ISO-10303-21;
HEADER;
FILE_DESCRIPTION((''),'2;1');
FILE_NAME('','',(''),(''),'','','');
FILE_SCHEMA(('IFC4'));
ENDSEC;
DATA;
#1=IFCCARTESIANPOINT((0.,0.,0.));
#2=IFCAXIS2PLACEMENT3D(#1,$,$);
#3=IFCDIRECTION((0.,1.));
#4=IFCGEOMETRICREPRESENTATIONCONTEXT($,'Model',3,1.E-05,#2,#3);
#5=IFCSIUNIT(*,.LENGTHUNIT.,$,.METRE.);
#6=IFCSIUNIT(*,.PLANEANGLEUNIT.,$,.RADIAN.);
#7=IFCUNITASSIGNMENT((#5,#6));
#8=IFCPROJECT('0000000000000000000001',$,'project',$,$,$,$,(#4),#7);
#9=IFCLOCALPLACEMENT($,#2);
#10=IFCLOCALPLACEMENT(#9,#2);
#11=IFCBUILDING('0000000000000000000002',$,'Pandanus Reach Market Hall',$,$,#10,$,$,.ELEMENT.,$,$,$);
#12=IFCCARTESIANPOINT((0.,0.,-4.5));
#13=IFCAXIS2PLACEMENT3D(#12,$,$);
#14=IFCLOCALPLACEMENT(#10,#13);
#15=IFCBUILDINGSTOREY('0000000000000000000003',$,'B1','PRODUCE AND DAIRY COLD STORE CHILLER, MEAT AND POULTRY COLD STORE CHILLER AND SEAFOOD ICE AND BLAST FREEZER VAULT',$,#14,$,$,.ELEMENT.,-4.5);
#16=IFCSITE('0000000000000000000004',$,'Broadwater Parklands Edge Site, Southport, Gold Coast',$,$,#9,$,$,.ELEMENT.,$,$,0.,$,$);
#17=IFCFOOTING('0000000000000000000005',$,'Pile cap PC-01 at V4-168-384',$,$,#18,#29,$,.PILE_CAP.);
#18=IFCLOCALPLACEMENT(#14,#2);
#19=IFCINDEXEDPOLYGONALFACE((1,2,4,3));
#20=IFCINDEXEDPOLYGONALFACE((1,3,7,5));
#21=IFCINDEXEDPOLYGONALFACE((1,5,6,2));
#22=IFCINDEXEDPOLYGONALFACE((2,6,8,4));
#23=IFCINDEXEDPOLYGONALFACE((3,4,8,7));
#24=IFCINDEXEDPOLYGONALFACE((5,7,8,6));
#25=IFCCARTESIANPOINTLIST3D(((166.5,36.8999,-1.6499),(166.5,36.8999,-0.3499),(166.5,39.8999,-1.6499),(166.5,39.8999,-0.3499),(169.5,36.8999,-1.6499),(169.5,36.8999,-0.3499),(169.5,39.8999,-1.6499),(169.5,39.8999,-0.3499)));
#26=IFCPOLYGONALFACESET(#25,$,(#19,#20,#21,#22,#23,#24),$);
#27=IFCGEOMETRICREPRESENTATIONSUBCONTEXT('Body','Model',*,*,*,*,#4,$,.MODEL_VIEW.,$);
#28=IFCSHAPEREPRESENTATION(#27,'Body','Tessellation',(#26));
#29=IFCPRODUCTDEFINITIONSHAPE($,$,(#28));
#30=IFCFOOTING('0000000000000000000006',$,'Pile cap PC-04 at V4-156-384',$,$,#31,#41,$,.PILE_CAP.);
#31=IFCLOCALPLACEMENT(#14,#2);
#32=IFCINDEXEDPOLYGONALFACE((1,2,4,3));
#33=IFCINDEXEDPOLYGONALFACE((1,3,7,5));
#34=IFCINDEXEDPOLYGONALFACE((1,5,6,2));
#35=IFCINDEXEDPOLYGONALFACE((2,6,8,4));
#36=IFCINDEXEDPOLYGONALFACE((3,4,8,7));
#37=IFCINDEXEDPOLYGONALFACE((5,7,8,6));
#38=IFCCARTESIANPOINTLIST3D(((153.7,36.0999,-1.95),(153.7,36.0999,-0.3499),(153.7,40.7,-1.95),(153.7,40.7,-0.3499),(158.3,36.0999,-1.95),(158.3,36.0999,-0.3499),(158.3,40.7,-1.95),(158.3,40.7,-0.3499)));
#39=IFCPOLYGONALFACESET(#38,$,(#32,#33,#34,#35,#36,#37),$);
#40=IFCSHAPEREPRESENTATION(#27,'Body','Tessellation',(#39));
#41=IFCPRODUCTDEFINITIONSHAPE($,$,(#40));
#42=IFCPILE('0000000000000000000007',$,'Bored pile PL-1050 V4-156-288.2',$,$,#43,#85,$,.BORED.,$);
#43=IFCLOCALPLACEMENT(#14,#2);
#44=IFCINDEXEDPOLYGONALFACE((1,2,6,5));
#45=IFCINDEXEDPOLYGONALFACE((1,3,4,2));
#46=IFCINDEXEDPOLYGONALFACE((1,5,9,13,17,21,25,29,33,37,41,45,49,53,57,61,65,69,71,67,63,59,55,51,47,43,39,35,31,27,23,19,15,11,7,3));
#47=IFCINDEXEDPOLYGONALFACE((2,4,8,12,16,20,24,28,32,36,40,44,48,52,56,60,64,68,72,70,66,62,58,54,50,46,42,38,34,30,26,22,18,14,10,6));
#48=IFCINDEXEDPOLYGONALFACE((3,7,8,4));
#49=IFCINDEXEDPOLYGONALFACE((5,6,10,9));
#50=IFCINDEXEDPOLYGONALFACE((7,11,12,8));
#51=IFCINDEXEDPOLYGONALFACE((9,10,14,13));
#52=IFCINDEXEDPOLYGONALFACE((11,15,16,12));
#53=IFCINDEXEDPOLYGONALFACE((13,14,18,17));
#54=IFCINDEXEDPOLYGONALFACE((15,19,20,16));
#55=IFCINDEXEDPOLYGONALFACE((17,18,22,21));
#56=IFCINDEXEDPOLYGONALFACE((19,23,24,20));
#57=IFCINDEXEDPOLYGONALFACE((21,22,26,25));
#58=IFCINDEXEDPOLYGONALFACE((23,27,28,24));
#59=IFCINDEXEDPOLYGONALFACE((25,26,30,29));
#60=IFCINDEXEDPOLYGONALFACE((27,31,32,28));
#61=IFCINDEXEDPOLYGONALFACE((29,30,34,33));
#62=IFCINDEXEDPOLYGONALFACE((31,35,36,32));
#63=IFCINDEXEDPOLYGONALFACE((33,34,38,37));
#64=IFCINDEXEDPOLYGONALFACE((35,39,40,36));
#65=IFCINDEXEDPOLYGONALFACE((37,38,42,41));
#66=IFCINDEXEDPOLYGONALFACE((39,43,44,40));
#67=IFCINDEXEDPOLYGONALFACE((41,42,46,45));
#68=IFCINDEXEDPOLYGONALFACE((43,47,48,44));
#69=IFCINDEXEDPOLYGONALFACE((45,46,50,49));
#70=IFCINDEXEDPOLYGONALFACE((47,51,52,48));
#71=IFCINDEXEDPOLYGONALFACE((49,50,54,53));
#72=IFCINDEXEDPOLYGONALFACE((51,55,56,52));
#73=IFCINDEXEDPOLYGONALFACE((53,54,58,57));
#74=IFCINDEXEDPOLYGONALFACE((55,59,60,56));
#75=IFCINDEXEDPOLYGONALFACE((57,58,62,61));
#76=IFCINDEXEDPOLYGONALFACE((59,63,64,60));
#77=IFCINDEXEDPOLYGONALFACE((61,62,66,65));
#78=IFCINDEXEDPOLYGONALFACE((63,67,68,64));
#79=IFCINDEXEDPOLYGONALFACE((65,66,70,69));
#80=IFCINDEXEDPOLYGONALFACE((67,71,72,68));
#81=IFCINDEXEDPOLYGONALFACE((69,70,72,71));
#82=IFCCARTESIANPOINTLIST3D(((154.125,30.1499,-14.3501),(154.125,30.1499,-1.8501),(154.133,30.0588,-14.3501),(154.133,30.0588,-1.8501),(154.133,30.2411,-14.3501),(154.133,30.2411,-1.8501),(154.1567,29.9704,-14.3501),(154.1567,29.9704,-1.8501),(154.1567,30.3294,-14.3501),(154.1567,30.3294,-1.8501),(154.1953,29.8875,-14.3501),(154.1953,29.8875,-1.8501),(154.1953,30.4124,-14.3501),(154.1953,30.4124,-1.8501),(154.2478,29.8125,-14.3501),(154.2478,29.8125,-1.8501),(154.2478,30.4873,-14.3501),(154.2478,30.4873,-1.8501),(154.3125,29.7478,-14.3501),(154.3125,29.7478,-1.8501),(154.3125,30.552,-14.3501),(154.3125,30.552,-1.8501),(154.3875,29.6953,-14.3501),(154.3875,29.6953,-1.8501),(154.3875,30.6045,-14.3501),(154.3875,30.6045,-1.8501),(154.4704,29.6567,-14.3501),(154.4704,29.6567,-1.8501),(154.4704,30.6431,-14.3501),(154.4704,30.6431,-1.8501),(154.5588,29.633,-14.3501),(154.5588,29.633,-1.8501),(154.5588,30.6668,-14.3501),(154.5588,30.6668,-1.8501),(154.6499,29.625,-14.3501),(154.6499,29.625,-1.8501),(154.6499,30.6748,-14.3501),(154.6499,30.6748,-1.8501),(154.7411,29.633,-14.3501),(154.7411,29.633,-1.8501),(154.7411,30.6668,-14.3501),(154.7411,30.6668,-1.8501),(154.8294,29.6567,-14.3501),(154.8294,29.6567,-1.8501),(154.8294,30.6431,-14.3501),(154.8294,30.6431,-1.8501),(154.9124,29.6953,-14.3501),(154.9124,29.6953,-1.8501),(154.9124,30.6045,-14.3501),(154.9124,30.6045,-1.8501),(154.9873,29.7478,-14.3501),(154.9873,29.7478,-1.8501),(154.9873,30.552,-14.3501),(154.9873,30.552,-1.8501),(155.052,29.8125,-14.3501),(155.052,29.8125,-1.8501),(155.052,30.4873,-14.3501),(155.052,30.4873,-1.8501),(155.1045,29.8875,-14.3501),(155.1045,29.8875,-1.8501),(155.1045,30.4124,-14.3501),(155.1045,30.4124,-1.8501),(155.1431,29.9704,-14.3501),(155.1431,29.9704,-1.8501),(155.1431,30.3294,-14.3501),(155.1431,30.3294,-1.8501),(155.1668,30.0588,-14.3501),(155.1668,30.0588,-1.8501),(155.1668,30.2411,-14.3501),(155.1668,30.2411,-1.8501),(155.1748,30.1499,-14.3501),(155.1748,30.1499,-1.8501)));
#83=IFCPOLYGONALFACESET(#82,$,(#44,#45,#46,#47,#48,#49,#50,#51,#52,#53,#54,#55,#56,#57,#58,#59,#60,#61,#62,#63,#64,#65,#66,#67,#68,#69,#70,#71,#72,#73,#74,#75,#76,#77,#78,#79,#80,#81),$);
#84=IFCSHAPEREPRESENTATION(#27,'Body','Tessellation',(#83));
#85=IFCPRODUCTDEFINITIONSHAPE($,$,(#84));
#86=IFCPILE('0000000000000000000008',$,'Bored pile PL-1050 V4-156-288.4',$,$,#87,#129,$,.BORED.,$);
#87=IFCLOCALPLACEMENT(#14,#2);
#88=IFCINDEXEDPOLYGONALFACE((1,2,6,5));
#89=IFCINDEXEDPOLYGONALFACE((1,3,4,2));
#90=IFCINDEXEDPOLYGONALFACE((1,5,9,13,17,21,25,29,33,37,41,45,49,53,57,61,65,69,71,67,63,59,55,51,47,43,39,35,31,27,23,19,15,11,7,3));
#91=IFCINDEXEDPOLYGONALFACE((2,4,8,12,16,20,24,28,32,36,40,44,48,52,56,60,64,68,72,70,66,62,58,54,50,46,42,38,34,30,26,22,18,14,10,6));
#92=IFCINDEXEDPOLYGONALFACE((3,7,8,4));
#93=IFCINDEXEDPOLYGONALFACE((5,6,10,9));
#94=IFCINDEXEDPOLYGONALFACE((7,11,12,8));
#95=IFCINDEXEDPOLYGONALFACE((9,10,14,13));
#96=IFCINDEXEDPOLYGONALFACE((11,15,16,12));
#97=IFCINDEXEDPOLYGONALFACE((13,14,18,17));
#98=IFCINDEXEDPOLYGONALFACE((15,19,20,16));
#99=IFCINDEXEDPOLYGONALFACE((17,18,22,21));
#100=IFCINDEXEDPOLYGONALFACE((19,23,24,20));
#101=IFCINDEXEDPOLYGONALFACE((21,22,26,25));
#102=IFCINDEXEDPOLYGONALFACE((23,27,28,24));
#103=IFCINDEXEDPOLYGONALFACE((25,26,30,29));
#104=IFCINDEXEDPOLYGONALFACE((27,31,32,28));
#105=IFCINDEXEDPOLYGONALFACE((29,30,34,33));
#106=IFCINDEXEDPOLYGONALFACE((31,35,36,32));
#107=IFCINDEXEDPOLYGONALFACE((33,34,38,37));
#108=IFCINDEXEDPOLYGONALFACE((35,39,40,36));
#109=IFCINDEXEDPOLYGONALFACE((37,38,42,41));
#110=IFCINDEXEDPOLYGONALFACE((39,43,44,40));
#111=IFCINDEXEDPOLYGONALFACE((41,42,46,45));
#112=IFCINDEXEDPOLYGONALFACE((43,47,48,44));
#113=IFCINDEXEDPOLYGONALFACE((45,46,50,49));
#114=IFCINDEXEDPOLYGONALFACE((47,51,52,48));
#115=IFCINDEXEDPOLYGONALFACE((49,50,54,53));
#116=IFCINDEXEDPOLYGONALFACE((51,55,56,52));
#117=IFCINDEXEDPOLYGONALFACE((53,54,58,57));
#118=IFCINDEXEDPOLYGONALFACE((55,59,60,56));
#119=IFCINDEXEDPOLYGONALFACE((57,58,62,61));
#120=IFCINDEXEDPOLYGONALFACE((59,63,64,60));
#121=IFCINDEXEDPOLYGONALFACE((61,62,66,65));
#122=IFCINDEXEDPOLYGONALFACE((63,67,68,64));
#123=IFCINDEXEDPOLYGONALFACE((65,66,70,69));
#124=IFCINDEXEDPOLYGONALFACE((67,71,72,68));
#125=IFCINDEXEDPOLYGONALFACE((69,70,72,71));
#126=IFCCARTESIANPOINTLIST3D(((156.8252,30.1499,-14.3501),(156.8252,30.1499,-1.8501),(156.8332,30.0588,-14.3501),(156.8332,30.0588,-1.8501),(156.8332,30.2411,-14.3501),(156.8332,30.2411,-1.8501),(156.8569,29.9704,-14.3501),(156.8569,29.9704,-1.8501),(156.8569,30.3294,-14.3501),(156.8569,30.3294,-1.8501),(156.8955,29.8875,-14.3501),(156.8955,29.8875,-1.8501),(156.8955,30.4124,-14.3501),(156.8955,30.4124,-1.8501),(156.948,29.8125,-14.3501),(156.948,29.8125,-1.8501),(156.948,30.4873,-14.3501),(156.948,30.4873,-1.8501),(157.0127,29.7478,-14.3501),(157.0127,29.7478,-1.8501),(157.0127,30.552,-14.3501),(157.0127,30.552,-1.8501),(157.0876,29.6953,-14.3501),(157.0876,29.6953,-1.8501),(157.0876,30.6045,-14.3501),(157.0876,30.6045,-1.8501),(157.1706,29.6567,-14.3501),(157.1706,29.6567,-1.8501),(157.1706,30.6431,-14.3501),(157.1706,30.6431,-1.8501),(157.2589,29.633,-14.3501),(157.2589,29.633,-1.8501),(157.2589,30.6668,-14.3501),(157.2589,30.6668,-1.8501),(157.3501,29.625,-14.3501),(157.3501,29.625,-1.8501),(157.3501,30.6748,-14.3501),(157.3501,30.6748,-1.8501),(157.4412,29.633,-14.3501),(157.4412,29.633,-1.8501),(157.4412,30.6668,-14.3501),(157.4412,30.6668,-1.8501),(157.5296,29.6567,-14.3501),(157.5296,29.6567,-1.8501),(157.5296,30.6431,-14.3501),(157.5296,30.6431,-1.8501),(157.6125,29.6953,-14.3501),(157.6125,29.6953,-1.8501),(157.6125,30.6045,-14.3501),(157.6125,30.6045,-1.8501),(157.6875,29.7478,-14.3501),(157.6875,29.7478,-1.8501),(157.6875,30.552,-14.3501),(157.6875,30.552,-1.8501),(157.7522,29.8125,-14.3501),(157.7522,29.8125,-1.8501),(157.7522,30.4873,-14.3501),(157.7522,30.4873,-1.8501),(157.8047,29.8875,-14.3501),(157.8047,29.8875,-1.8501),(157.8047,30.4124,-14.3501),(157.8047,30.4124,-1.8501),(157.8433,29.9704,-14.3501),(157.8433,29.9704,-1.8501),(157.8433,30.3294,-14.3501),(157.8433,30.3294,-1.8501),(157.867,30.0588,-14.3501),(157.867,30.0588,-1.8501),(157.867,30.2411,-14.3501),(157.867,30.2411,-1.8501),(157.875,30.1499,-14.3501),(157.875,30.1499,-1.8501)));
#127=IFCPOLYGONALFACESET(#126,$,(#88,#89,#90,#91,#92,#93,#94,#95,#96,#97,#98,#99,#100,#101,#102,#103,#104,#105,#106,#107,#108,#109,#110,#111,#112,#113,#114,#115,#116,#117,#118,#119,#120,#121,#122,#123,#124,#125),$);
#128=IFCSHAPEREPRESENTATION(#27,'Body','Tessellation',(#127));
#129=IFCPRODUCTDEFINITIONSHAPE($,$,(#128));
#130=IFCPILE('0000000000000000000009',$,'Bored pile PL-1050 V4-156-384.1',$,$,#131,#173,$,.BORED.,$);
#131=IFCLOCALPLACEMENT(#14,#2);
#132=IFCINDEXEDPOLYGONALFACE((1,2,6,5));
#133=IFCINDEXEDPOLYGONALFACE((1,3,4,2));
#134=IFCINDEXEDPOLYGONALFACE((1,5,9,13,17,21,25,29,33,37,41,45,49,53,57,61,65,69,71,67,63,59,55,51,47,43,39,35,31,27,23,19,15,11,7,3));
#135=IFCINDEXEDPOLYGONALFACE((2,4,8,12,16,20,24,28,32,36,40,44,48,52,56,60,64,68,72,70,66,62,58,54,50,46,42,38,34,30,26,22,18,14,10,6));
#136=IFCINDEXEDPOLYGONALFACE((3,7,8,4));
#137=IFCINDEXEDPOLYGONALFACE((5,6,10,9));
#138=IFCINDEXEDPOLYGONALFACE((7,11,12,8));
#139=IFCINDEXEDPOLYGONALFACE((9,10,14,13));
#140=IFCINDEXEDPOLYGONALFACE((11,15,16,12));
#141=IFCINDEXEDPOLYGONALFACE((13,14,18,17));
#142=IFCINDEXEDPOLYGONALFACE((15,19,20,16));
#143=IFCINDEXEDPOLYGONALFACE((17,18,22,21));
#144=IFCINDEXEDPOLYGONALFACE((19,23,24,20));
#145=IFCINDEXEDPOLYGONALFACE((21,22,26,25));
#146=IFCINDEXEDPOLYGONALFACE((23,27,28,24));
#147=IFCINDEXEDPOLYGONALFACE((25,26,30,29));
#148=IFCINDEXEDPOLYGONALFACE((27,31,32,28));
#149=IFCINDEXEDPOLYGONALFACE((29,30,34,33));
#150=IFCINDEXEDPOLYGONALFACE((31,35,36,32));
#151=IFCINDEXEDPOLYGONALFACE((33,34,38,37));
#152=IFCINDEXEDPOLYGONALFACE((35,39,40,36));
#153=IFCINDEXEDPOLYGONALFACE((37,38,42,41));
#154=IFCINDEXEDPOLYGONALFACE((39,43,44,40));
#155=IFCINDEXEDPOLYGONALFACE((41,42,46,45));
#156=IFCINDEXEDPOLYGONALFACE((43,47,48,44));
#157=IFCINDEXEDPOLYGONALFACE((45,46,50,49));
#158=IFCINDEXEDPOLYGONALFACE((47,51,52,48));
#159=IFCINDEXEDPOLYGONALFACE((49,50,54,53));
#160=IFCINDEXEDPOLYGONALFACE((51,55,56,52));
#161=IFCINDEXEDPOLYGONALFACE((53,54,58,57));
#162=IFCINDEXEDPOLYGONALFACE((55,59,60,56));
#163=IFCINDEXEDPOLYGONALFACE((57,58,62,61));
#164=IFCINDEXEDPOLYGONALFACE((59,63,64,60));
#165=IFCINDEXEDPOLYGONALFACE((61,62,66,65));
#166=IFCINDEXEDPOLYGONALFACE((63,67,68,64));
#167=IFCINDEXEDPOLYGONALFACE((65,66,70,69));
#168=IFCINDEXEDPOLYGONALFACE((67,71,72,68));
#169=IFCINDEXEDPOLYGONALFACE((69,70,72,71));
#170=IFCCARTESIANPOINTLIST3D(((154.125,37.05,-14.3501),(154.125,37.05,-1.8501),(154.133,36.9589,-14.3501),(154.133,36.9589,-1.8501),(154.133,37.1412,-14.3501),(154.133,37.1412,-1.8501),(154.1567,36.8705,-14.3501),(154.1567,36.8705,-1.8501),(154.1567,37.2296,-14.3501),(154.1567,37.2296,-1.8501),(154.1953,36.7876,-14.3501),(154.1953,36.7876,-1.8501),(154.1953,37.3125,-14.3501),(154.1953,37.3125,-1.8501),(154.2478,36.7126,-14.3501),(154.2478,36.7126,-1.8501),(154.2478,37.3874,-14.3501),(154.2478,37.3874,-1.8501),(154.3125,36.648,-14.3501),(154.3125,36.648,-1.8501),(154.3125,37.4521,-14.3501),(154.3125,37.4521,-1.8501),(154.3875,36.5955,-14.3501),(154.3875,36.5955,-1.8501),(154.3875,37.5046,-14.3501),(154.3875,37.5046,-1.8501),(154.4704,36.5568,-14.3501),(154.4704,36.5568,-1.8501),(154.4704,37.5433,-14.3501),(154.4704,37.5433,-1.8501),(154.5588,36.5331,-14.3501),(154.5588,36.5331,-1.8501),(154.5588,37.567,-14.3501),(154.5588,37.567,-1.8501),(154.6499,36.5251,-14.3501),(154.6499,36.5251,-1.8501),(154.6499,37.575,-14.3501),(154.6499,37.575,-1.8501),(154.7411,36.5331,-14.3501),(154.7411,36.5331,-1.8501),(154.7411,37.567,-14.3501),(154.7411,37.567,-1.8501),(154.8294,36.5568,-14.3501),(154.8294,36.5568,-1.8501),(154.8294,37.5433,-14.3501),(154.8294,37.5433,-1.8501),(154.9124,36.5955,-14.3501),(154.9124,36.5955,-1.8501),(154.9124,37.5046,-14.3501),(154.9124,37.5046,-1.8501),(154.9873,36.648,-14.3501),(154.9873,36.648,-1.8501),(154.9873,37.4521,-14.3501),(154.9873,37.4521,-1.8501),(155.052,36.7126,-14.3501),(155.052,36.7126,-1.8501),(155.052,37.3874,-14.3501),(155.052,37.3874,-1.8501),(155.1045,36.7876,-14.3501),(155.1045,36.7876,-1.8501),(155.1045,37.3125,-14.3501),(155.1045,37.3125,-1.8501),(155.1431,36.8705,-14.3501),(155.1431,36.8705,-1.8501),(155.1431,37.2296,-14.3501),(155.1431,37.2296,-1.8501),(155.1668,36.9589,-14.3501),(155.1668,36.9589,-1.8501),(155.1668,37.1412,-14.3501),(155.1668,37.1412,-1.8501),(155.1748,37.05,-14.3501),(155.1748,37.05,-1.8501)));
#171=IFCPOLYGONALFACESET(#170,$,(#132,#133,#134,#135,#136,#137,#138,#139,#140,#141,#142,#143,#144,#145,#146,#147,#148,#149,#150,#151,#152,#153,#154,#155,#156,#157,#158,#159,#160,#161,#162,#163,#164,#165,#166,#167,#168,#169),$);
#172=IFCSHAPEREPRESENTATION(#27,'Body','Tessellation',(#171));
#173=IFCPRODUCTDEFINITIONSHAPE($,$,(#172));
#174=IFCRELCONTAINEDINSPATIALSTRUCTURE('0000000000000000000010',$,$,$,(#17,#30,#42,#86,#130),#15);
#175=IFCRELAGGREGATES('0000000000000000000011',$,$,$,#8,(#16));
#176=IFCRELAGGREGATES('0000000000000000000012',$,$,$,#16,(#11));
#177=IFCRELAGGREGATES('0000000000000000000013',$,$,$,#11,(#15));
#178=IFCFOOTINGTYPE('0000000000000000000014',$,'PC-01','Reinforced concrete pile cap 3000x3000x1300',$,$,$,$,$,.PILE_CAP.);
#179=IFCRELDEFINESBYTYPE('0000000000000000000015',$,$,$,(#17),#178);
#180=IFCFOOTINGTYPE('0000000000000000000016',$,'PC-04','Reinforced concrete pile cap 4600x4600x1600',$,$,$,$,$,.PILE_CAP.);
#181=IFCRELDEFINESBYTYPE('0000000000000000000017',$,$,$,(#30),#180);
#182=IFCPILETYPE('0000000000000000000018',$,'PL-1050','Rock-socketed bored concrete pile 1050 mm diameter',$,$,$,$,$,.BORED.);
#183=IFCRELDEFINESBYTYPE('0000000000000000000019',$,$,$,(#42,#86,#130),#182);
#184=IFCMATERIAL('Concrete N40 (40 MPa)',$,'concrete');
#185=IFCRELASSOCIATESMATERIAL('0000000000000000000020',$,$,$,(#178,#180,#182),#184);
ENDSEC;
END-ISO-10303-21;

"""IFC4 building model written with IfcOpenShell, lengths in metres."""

from ifc_helpers import new_model, si_unit, direction, frame, origin, origin_2d, place, context, subcontext, project, spatial, rectangle, circle, extrude, material, material_profile, profile_set, type_object, element, save


model = new_model("IFC4")

# Units and contexts
model_context = context("Model", 3, precision=1e-05, world=origin(), true_north=direction((0.0, 1.0)))
body_context = subcontext(model_context, "Body", "Model", "MODEL_VIEW")
ifc_project = project(units=[si_unit("LENGTHUNIT", "METRE"), si_unit("PLANEANGLEUNIT", "RADIAN")], contexts=[model_context])

# Site, building, storey
site_placement = place(None, origin())
site = spatial("IfcSite", under=ifc_project, at=site_placement, Name="Broadwater Parklands Edge Site, Southport, Gold Coast", CompositionType="ELEMENT", RefElevation=0.0)
building_placement = place(site_placement, origin())
building = spatial("IfcBuilding", under=site, at=building_placement, Name="Pandanus Reach Market Hall", CompositionType="ELEMENT")
storey_placement = place(building_placement, frame((0.0, 0.0, -4.5)))
storey = spatial("IfcBuildingStorey", under=building, at=storey_placement, Name="B1", Description="PRODUCE AND DAIRY COLD STORE CHILLER, MEAT AND POULTRY COLD STORE CHILLER AND SEAFOOD ICE AND BLAST FREEZER VAULT", CompositionType="ELEMENT", Elevation=-4.5)

# Footings
ifc_material_1 = material(Name="Concrete N40 (40 MPa)", Category="concrete")
footing_type_1 = type_object("IfcFootingType", Name="PC-01", Description="Reinforced concrete pile cap 3000x3000x1300", PredefinedType="PILE_CAP", material=ifc_material_1)
footing_1_placement = place(storey_placement, frame((168.0, 38.3999, -1.6499), z_axis=(0.0, 0.0, 1.0), x_axis=(1.0, 0.0, 0.0)))
element("IfcFooting", 1, at=footing_1_placement, inside=storey, type_object=footing_type_1, Name="Pile cap PC-01 at V4-168-384", PredefinedType="PILE_CAP", context=body_context, shape_type="SweptSolid", body=[
    extrude(rectangle(XDim=3.0, YDim=3.0, at=origin_2d()), origin(), (0.0, 0.0, 1.0), 1.3),
])
footing_type_2 = type_object("IfcFootingType", Name="PC-04", Description="Reinforced concrete pile cap 4600x4600x1600", PredefinedType="PILE_CAP", material=ifc_material_1)
footing_2_placement = place(storey_placement, frame((156.0, 38.3999, -1.95), z_axis=(0.0, 0.0, 1.0), x_axis=(1.0, 0.0, 0.0)))
element("IfcFooting", 2, at=footing_2_placement, inside=storey, type_object=footing_type_2, Name="Pile cap PC-04 at V4-156-384", PredefinedType="PILE_CAP", context=body_context, shape_type="SweptSolid", body=[
    extrude(rectangle(XDim=4.6001, YDim=4.6001, at=origin_2d()), origin(), (0.0, 0.0, 1.0), 1.6001),
])

# Piles
ifc_material_profile_1 = material_profile(ifc_material_1, circle(Radius=0.5249, at=origin_2d()), Name="PILE-1050D", Category="LoadBearing")
ifc_profile_set_1 = profile_set([ifc_material_profile_1], Name="Concrete N40 (40 MPa)")
pile_type_1 = type_object("IfcPileType", Name="PL-1050", Description="Rock-socketed bored concrete pile 1050 mm diameter", PredefinedType="BORED", material=ifc_profile_set_1)
for number, where, z_axis, x_axis, name in (
    (3, (154.6499, 30.1499, -1.8501), (0.0, 0.0, -1.0), (1.0, 0.0, 0.0), "Bored pile PL-1050 V4-156-288.2"),
    (4, (157.3501, 30.1499, -1.8501), (0.0, 0.0, -1.0), (1.0, 0.0, 0.0), "Bored pile PL-1050 V4-156-288.4"),
    (5, (154.6499, 37.05, -1.8501), (0.0, 0.0, -1.0), (1.0, 0.0, 0.0), "Bored pile PL-1050 V4-156-384.1"),
):
    element("IfcPile", number, at=place(storey_placement, frame(where, z_axis=z_axis, x_axis=x_axis)), inside=storey, type_object=pile_type_1, Name=name, PredefinedType="BORED", context=body_context, shape_type="SweptSolid", body=[
        extrude(circle(Radius=0.5249, at=origin_2d()), origin(), (0.0, 0.0, 1.0), 12.5),
    ])

save(model, "model.ifc")
